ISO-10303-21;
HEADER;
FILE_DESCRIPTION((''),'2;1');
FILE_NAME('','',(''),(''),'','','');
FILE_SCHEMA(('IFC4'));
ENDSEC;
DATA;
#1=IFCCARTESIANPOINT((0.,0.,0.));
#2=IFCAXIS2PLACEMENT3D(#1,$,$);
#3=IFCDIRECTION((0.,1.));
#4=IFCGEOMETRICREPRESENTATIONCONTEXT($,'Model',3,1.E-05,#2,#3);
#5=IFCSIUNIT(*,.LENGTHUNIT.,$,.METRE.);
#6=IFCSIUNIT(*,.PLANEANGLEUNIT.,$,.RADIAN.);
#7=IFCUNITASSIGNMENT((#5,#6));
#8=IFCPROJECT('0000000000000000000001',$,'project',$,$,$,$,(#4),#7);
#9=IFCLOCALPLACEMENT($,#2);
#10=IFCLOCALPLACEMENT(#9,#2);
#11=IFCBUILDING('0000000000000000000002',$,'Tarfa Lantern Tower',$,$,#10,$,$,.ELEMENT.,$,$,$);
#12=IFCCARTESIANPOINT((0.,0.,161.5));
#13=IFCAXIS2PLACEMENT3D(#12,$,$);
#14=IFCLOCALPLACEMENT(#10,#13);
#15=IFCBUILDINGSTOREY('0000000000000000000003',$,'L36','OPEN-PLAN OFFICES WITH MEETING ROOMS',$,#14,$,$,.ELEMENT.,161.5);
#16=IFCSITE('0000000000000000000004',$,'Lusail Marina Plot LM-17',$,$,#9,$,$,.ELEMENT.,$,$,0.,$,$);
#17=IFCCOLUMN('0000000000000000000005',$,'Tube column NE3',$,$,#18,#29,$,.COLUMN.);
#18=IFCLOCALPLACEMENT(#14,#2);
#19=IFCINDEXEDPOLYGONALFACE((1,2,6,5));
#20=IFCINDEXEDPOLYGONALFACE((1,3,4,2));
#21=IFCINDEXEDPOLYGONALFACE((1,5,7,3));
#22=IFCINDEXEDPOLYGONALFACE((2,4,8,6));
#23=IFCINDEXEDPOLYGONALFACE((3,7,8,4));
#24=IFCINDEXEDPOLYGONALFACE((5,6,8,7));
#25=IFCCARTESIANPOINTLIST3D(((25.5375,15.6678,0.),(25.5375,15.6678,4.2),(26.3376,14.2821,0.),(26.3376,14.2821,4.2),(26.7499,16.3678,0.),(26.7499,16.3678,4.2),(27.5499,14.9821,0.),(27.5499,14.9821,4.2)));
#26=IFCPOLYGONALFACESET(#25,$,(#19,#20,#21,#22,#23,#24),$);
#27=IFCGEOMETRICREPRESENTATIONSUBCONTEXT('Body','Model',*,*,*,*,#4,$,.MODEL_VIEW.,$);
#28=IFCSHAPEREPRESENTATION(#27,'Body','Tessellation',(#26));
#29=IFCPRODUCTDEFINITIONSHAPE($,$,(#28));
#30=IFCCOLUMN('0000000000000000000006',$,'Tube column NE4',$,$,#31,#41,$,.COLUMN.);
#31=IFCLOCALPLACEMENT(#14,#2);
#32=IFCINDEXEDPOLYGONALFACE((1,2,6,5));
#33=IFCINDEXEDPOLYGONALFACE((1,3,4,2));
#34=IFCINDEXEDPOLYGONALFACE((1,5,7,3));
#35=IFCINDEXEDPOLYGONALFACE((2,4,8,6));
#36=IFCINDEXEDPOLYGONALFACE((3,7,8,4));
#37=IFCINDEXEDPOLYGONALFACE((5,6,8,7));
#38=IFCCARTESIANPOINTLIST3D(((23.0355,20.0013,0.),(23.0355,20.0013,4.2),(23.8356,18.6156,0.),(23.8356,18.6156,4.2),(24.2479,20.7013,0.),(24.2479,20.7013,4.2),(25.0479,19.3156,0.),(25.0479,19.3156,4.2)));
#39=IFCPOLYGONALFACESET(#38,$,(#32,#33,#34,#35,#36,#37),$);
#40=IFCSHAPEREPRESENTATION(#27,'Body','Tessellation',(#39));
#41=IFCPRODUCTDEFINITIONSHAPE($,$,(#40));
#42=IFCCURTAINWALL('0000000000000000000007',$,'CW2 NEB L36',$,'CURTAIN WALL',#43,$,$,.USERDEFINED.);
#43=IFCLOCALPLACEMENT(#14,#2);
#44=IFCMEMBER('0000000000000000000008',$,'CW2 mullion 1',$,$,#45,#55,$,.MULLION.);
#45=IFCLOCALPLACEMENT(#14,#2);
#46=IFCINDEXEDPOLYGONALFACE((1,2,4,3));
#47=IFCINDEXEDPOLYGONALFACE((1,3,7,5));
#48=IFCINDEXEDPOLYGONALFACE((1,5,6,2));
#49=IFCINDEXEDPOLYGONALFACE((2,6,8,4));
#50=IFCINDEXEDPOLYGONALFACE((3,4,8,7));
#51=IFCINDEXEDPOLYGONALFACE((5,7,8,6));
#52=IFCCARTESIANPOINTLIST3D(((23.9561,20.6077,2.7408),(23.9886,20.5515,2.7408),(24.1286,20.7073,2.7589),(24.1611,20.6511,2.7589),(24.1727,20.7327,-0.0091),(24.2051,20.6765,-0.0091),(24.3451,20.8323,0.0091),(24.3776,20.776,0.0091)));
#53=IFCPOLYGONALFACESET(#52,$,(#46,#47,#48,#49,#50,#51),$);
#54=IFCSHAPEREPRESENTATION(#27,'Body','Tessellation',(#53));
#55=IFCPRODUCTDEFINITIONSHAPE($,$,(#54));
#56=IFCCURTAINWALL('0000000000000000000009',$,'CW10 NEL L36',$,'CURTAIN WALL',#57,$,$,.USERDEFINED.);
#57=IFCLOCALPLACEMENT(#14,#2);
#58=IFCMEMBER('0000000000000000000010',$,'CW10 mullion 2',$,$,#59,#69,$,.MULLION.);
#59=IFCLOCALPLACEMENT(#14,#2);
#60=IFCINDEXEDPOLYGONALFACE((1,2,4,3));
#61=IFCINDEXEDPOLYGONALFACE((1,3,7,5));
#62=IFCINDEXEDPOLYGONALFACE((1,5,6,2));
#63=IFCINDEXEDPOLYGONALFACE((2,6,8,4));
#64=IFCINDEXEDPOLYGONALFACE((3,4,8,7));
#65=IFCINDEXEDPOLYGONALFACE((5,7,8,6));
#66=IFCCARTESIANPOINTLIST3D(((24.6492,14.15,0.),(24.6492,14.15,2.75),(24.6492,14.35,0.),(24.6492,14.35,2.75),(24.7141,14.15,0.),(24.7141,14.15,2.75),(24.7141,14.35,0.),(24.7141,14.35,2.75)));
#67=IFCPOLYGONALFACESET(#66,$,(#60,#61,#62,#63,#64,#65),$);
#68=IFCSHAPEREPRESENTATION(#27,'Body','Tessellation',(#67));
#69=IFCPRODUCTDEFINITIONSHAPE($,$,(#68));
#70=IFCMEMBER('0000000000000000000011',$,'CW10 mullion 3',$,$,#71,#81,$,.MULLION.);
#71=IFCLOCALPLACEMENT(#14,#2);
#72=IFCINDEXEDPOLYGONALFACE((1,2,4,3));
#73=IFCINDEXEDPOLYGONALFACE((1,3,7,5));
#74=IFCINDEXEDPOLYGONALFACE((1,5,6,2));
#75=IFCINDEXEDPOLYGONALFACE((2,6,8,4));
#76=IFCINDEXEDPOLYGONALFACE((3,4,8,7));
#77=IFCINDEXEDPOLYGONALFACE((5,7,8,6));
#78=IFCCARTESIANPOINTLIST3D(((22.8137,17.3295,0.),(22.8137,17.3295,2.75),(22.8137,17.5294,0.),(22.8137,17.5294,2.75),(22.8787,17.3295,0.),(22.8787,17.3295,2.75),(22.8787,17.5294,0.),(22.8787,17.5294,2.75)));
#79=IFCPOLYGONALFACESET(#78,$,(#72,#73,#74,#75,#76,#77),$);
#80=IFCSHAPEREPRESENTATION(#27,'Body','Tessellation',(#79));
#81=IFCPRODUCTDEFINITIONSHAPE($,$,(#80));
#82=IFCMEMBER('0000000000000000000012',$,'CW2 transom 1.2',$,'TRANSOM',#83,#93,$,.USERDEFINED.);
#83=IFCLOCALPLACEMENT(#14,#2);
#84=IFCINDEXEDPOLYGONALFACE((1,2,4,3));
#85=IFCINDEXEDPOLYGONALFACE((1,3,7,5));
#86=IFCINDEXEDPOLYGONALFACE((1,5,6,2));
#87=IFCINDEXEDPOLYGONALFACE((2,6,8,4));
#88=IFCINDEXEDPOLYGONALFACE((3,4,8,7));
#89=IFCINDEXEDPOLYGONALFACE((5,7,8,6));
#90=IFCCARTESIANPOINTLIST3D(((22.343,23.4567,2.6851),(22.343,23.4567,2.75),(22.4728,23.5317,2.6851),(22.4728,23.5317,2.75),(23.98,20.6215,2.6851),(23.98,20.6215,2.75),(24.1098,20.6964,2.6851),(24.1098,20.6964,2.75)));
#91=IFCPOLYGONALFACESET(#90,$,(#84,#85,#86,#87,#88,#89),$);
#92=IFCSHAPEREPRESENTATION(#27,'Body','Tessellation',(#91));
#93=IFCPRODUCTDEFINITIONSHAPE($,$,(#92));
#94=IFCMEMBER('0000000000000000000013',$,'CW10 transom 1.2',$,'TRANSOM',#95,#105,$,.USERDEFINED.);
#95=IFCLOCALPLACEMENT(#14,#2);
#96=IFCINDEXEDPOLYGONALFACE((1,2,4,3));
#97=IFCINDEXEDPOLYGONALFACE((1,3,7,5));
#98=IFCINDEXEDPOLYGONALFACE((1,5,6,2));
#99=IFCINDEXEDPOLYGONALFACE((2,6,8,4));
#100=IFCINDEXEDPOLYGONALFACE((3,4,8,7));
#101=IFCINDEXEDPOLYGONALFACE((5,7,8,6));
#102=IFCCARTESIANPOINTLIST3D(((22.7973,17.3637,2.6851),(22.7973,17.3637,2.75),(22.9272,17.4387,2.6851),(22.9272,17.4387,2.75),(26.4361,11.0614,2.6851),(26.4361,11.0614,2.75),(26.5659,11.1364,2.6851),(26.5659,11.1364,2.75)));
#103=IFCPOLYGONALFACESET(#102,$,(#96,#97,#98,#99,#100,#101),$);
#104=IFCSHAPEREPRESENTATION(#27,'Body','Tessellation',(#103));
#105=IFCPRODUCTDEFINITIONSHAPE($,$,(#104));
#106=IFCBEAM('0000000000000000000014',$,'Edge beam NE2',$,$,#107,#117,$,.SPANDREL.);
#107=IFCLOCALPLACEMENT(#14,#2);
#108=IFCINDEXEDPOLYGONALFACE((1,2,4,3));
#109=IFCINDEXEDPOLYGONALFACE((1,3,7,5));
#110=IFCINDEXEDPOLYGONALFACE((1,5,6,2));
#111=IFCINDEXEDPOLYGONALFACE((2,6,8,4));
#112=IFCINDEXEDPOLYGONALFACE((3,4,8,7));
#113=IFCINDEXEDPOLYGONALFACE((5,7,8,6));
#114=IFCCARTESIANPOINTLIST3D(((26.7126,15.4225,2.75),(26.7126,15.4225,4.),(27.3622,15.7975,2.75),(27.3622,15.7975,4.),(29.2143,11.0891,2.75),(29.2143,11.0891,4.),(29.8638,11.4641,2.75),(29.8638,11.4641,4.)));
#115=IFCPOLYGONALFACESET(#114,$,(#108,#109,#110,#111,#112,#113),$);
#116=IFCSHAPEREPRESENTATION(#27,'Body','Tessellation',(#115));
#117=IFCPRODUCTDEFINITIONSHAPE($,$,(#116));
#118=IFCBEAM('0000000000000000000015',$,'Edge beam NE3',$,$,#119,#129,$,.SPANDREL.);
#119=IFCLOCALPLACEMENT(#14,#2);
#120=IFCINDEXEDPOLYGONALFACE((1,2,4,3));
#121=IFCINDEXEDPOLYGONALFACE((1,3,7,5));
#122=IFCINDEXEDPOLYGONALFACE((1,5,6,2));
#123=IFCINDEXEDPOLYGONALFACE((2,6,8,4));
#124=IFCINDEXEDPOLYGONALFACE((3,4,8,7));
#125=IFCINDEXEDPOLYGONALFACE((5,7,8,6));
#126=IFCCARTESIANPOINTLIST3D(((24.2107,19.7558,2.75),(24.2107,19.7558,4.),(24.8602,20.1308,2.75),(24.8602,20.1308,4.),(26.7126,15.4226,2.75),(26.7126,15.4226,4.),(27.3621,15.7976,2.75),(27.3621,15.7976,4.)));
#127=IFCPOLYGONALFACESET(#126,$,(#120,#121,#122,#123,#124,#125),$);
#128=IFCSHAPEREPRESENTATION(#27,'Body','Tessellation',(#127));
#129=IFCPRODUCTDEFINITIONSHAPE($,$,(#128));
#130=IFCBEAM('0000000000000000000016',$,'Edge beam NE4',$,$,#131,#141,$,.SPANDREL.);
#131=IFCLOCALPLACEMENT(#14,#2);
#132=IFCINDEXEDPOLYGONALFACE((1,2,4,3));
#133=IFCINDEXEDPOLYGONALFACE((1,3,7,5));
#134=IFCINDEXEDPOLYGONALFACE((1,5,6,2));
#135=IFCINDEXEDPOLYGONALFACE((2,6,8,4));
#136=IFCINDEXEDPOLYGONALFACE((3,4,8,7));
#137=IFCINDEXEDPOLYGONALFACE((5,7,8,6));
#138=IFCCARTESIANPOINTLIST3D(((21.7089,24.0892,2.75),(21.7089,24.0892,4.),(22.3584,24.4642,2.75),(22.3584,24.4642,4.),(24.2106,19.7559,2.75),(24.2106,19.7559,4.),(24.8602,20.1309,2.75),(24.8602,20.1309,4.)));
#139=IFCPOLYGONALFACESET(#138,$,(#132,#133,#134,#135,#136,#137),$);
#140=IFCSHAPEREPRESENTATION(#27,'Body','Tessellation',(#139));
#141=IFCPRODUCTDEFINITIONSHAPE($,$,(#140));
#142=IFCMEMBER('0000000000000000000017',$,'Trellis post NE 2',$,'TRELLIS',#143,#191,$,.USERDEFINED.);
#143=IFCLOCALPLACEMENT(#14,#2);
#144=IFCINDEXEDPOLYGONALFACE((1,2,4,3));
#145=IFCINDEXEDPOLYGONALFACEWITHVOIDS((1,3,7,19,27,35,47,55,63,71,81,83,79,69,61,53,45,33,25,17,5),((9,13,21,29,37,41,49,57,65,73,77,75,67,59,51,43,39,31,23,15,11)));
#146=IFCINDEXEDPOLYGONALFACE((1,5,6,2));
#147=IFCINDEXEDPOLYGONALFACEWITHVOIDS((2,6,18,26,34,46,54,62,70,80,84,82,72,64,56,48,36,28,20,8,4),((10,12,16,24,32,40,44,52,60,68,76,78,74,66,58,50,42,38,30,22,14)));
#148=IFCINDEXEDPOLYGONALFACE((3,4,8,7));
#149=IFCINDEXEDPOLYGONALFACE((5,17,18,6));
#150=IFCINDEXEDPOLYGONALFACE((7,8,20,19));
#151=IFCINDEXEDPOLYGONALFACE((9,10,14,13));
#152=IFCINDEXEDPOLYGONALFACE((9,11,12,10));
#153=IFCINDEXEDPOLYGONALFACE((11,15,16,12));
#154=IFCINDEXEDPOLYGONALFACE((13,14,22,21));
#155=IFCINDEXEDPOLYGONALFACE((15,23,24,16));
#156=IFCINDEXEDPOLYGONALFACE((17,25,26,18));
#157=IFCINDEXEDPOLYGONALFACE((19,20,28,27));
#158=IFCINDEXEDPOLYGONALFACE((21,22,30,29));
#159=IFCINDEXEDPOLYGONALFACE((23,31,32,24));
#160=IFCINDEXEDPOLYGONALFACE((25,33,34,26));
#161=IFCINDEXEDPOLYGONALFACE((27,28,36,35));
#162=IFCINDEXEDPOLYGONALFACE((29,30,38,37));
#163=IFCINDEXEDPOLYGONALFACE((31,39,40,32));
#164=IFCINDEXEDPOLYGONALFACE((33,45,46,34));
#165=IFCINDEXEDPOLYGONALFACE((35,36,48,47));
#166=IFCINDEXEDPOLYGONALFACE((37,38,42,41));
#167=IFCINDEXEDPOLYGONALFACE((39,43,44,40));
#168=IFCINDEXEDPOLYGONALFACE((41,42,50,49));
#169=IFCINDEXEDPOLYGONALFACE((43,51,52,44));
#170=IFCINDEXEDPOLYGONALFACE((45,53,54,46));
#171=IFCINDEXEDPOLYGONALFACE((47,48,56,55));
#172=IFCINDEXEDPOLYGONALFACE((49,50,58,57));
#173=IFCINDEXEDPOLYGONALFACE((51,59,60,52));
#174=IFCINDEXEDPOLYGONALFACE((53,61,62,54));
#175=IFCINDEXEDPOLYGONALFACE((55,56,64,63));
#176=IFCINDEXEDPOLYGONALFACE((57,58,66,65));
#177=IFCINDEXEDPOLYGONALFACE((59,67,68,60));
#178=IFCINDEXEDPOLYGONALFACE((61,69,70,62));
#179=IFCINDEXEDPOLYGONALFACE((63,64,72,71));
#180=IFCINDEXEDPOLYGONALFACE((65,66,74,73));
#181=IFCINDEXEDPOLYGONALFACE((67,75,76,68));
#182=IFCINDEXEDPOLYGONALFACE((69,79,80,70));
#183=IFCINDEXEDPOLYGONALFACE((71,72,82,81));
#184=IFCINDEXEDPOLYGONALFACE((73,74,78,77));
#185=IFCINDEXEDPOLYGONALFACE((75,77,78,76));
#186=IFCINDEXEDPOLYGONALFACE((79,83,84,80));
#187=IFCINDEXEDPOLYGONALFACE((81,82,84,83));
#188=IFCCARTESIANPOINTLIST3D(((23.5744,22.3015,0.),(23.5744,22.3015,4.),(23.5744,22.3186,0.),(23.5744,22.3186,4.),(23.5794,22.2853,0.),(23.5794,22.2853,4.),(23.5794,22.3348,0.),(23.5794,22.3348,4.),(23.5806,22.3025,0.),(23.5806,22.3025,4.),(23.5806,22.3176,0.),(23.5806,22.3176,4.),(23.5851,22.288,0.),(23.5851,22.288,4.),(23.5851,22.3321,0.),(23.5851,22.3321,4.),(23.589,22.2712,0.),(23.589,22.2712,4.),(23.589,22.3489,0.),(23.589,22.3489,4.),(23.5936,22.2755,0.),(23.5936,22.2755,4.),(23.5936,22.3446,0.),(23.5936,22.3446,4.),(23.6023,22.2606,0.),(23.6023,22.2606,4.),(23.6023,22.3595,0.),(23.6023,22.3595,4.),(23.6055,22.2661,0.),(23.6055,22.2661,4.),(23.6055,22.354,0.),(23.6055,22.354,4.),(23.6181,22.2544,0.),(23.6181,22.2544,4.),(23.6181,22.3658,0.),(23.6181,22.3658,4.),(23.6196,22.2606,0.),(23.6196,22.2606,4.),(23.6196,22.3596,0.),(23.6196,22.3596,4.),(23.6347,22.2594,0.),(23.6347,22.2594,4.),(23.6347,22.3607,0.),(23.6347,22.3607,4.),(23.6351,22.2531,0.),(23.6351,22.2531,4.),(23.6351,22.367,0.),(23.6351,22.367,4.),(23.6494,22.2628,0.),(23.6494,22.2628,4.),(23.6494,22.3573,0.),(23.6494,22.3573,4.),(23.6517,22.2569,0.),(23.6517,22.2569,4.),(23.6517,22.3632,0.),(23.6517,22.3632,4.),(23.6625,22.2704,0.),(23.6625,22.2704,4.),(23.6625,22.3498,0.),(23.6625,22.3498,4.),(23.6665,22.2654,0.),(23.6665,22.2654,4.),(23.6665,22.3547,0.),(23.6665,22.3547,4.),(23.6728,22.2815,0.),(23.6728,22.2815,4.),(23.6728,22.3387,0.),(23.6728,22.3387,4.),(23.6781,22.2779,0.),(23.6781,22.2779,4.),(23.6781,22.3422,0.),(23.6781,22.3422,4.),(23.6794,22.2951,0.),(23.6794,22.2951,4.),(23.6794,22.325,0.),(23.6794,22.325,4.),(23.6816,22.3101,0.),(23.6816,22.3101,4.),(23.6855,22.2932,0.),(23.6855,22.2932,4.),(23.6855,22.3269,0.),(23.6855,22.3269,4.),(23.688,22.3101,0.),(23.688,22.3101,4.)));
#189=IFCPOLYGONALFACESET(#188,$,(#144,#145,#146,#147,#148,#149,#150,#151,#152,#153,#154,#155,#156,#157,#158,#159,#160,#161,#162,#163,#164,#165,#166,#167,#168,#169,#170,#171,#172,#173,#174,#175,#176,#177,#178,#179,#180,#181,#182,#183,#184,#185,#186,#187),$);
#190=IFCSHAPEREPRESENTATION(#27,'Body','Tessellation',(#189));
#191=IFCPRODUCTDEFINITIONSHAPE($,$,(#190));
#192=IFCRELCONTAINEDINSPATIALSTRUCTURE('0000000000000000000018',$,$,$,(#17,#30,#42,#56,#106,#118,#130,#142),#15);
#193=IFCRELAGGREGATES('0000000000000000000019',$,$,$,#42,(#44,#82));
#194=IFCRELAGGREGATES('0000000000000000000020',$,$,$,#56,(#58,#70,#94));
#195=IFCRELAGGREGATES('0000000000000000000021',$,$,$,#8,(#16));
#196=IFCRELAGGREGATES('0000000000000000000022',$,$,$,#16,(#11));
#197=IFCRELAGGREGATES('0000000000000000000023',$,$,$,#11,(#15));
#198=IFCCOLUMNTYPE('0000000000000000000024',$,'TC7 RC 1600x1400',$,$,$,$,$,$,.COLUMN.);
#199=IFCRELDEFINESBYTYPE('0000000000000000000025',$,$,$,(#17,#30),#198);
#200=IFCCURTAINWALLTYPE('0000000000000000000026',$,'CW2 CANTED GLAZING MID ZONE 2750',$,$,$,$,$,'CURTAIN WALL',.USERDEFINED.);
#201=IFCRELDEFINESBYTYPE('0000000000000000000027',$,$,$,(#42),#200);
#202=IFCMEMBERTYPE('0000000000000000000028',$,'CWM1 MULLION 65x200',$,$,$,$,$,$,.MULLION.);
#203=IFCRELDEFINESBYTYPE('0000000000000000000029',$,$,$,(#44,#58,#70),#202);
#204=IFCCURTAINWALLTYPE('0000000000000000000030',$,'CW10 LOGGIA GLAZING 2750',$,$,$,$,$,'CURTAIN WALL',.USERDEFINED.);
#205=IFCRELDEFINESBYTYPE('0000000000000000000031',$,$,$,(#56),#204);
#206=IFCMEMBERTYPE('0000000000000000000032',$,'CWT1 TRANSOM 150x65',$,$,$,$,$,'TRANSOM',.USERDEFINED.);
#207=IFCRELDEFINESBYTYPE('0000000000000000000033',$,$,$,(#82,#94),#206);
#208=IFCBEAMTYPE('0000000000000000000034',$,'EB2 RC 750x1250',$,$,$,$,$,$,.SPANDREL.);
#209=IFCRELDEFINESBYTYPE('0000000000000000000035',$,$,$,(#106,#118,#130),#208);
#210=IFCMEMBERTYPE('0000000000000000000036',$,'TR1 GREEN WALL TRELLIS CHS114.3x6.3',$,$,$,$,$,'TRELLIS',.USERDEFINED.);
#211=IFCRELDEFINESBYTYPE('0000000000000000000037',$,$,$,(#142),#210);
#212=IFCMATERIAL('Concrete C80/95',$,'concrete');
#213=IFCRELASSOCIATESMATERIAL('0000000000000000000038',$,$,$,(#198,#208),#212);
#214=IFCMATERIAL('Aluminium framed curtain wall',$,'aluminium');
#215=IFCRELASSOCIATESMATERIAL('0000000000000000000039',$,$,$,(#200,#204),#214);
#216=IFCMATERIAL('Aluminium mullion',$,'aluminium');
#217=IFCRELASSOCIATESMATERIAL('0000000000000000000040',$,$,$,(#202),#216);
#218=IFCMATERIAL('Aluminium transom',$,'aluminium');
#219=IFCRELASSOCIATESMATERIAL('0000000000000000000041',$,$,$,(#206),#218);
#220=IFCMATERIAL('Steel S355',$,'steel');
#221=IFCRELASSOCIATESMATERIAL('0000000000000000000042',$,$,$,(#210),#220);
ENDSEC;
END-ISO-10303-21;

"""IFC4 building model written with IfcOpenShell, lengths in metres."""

from ifc_helpers import new_model, si_unit, direction, frame, origin, origin_2d, place, context, subcontext, project, spatial, rectangle, hollow_circle, extrude, material, material_profile, profile_set, type_object, element, aggregate, save


model = new_model("IFC4")

# Units and contexts
model_context = context("Model", 3, precision=1e-05, world=origin(), true_north=direction((0.0, 1.0)))
body_context = subcontext(model_context, "Body", "Model", "MODEL_VIEW")
ifc_project = project(units=[si_unit("LENGTHUNIT", "METRE"), si_unit("PLANEANGLEUNIT", "RADIAN")], contexts=[model_context])

# Site, building, storey
site_placement = place(None, origin())
site = spatial("IfcSite", under=ifc_project, at=site_placement, Name="Lusail Marina Plot LM-17", CompositionType="ELEMENT", RefElevation=0.0)
building_placement = place(site_placement, origin())
building = spatial("IfcBuilding", under=site, at=building_placement, Name="Tarfa Lantern Tower", CompositionType="ELEMENT")
storey_placement = place(building_placement, frame((0.0, 0.0, 161.5)))
storey = spatial("IfcBuildingStorey", under=building, at=storey_placement, Name="L36", Description="OPEN-PLAN OFFICES WITH MEETING ROOMS", CompositionType="ELEMENT", Elevation=161.5)

# Columns
ifc_material_1 = material(Name="Concrete C80/95", Category="concrete")
ifc_material_profile_1 = material_profile(ifc_material_1, rectangle(XDim=1.6001, YDim=1.3999, at=origin_2d()), Name="RC 1600x1400")
ifc_profile_set_1 = profile_set([ifc_material_profile_1], Name="Concrete C80/95")
column_type = type_object("IfcColumnType", Name="TC7 RC 1600x1400", PredefinedType="COLUMN", material=ifc_profile_set_1)
for number, where, z_axis, x_axis, name in (
    (1, (26.5437, 15.325, 0.0), (0.0, 0.0, 1.0), (-0.5, 0.866025, 0.0), "Tube column NE3"),
    (2, (24.0417, 19.6584, 0.0), (0.0, 0.0, 1.0), (-0.5, 0.866025, 0.0), "Tube column NE4"),
):
    element("IfcColumn", number, at=place(storey_placement, frame(where, z_axis=z_axis, x_axis=x_axis)), inside=storey, type_object=column_type, Name=name, PredefinedType="COLUMN", context=body_context, shape_type="SweptSolid", body=[
        extrude(rectangle(XDim=1.6001, YDim=1.3999, at=origin_2d()), origin(), (0.0, 0.0, 1.0), 4.2),
    ])

# Curtain wall, member
ifc_material_2 = material(Name="Aluminium framed curtain wall", Category="aluminium")
curtain_wall_type_1 = type_object("IfcCurtainWallType", Name="CW2 CANTED GLAZING MID ZONE 2750", ElementType="CURTAIN WALL", PredefinedType="USERDEFINED", material=ifc_material_2)
curtain_wall_1_placement = place(storey_placement, origin())
curtain_wall_1 = element("IfcCurtainWall", 3, at=curtain_wall_1_placement, inside=storey, type_object=curtain_wall_type_1, Name="CW2 NEB L36", ObjectType="CURTAIN WALL", PredefinedType="USERDEFINED")
ifc_material_3 = material(Name="Aluminium mullion", Category="aluminium")
ifc_material_profile_2 = material_profile(ifc_material_3, rectangle(XDim=0.0649, YDim=0.2, at=origin_2d()), Name="AL MULLION 65x200")
ifc_profile_set_2 = profile_set([ifc_material_profile_2], Name="Aluminium mullion")
member_type_1 = type_object("IfcMemberType", Name="CWM1 MULLION 65x200", PredefinedType="MULLION", material=ifc_profile_set_2)
member_1_placement = place(storey_placement, frame((24.2751, 20.7544, 0.0), z_axis=(-0.078423, -0.045268, 0.995892), x_axis=(0.49992, -0.866072, 0.0)))
member_1 = element("IfcMember", 4, at=member_1_placement, type_object=member_type_1, Name="CW2 mullion 1", PredefinedType="MULLION", context=body_context, shape_type="SweptSolid", body=[
    extrude(rectangle(XDim=0.0649, YDim=0.2, at=origin_2d()), origin(), (0.0, 0.0, 1.0), 2.7612),
])

# Curtain wall, members
curtain_wall_type_2 = type_object("IfcCurtainWallType", Name="CW10 LOGGIA GLAZING 2750", ElementType="CURTAIN WALL", PredefinedType="USERDEFINED", material=ifc_material_2)
curtain_wall_2_placement = place(storey_placement, origin())
curtain_wall_2 = element("IfcCurtainWall", 5, at=curtain_wall_2_placement, inside=storey, type_object=curtain_wall_type_2, Name="CW10 NEL L36", ObjectType="CURTAIN WALL", PredefinedType="USERDEFINED")
member_2_placement = place(storey_placement, frame((24.6816, 14.25, 0.0), z_axis=(0.0, 0.0, 1.0), x_axis=(1.0, 0.0, 0.0)))
member_2 = element("IfcMember", 6, at=member_2_placement, type_object=member_type_1, Name="CW10 mullion 2", PredefinedType="MULLION", context=body_context, shape_type="SweptSolid", body=[
    extrude(rectangle(XDim=0.0649, YDim=0.2, at=origin_2d()), origin(), (0.0, 0.0, 1.0), 2.75),
])
member_3_placement = place(storey_placement, frame((22.8462, 17.4294, 0.0), z_axis=(0.0, 0.0, 1.0), x_axis=(1.0, 0.0, 0.0)))
member_3 = element("IfcMember", 7, at=member_3_placement, type_object=member_type_1, Name="CW10 mullion 3", PredefinedType="MULLION", context=body_context, shape_type="SweptSolid", body=[
    extrude(rectangle(XDim=0.0649, YDim=0.2, at=origin_2d()), origin(), (0.0, 0.0, 1.0), 2.75),
])

# Members
ifc_material_4 = material(Name="Aluminium transom", Category="aluminium")
ifc_material_profile_3 = material_profile(ifc_material_4, rectangle(XDim=0.1499, YDim=0.0649, at=origin_2d()), Name="AL TRANSOM 150x65")
ifc_profile_set_3 = profile_set([ifc_material_profile_3], Name="Aluminium transom")
member_type_2 = type_object("IfcMemberType", Name="CWT1 TRANSOM 150x65", ElementType="TRANSOM", PredefinedType="USERDEFINED", material=ifc_profile_set_3)
member_4_placement = place(storey_placement, frame((24.0449, 20.6589, 2.7175), z_axis=(-0.500013, 0.866018, 0.0), x_axis=(-0.866018, -0.500013, 0.0)))
member_4 = element("IfcMember", 8, at=member_4_placement, type_object=member_type_2, Name="CW2 transom 1.2", ObjectType="TRANSOM", PredefinedType="USERDEFINED", context=body_context, shape_type="SweptSolid", body=[
    extrude(rectangle(XDim=0.1499, YDim=0.0649, at=origin_2d()), origin(), (0.0, 0.0, 1.0), 3.2739),
])
member_5_placement = place(storey_placement, frame((26.501, 11.0989, 2.7175), z_axis=(-0.500007, 0.866021, 0.0), x_axis=(-0.866021, -0.500007, 0.0)))
member_5 = element("IfcMember", 9, at=member_5_placement, type_object=member_type_2, Name="CW10 transom 1.2", ObjectType="TRANSOM", PredefinedType="USERDEFINED", context=body_context, shape_type="SweptSolid", body=[
    extrude(rectangle(XDim=0.1499, YDim=0.0649, at=origin_2d()), origin(), (0.0, 0.0, 1.0), 7.2773),
])

# Beams
ifc_material_profile_4 = material_profile(ifc_material_1, rectangle(XDim=0.75, YDim=1.25, at=origin_2d()), Name="RC 750x1250")
ifc_profile_set_4 = profile_set([ifc_material_profile_4], Name="Concrete C80/95")
beam_type_1 = type_object("IfcBeamType", Name="EB2 RC 750x1250", PredefinedType="SPANDREL", material=ifc_profile_set_4)
for number, where, z_axis, x_axis, name in (
    (10, (29.5391, 11.2766, 3.375), (-0.499965, 0.866046, 0.0), (-0.866046, -0.499965, 0.0), "Edge beam NE2"),
    (11, (27.0374, 15.6101, 3.375), (-0.500022, 0.866013, 0.0), (-0.866013, -0.500022, 0.0), "Edge beam NE3"),
    (12, (24.5354, 19.9434, 3.375), (-0.499986, 0.866034, 0.0), (-0.866034, -0.499986, 0.0), "Edge beam NE4"),
):
    element("IfcBeam", number, at=place(storey_placement, frame(where, z_axis=z_axis, x_axis=x_axis)), inside=storey, type_object=beam_type_1, Name=name, PredefinedType="SPANDREL", context=body_context, shape_type="SweptSolid", body=[
        extrude(rectangle(XDim=0.75, YDim=1.25, at=origin_2d()), origin(), (0.0, 0.0, 1.0), 5.0037),
    ])

# Member
ifc_material_5 = material(Name="Steel S355", Category="steel")
ifc_material_profile_5 = material_profile(ifc_material_5, hollow_circle(Radius=0.0571, WallThickness=0.0063, at=origin_2d()), Name="CHS114.3x6.3")
ifc_profile_set_5 = profile_set([ifc_material_profile_5], Name="Steel S355")
member_type_3 = type_object("IfcMemberType", Name="TR1 GREEN WALL TRELLIS CHS114.3x6.3", ElementType="TRELLIS", PredefinedType="USERDEFINED", material=ifc_profile_set_5)
member_6_placement = place(storey_placement, frame((23.6309, 22.3101, 0.0), z_axis=(0.0, 0.0, 1.0), x_axis=(1.0, 0.0, 0.0)))
element("IfcMember", 13, at=member_6_placement, inside=storey, type_object=member_type_3, Name="Trellis post NE 2", ObjectType="TRELLIS", PredefinedType="USERDEFINED", context=body_context, shape_type="SweptSolid", body=[
    extrude(hollow_circle(Radius=0.0571, WallThickness=0.0063, at=origin_2d()), origin(), (0.0, 0.0, 1.0), 4.0),
])

aggregate(curtain_wall_1, [member_1, member_4])
aggregate(curtain_wall_2, [member_2, member_3, member_5])

save(model, "model.ifc")
